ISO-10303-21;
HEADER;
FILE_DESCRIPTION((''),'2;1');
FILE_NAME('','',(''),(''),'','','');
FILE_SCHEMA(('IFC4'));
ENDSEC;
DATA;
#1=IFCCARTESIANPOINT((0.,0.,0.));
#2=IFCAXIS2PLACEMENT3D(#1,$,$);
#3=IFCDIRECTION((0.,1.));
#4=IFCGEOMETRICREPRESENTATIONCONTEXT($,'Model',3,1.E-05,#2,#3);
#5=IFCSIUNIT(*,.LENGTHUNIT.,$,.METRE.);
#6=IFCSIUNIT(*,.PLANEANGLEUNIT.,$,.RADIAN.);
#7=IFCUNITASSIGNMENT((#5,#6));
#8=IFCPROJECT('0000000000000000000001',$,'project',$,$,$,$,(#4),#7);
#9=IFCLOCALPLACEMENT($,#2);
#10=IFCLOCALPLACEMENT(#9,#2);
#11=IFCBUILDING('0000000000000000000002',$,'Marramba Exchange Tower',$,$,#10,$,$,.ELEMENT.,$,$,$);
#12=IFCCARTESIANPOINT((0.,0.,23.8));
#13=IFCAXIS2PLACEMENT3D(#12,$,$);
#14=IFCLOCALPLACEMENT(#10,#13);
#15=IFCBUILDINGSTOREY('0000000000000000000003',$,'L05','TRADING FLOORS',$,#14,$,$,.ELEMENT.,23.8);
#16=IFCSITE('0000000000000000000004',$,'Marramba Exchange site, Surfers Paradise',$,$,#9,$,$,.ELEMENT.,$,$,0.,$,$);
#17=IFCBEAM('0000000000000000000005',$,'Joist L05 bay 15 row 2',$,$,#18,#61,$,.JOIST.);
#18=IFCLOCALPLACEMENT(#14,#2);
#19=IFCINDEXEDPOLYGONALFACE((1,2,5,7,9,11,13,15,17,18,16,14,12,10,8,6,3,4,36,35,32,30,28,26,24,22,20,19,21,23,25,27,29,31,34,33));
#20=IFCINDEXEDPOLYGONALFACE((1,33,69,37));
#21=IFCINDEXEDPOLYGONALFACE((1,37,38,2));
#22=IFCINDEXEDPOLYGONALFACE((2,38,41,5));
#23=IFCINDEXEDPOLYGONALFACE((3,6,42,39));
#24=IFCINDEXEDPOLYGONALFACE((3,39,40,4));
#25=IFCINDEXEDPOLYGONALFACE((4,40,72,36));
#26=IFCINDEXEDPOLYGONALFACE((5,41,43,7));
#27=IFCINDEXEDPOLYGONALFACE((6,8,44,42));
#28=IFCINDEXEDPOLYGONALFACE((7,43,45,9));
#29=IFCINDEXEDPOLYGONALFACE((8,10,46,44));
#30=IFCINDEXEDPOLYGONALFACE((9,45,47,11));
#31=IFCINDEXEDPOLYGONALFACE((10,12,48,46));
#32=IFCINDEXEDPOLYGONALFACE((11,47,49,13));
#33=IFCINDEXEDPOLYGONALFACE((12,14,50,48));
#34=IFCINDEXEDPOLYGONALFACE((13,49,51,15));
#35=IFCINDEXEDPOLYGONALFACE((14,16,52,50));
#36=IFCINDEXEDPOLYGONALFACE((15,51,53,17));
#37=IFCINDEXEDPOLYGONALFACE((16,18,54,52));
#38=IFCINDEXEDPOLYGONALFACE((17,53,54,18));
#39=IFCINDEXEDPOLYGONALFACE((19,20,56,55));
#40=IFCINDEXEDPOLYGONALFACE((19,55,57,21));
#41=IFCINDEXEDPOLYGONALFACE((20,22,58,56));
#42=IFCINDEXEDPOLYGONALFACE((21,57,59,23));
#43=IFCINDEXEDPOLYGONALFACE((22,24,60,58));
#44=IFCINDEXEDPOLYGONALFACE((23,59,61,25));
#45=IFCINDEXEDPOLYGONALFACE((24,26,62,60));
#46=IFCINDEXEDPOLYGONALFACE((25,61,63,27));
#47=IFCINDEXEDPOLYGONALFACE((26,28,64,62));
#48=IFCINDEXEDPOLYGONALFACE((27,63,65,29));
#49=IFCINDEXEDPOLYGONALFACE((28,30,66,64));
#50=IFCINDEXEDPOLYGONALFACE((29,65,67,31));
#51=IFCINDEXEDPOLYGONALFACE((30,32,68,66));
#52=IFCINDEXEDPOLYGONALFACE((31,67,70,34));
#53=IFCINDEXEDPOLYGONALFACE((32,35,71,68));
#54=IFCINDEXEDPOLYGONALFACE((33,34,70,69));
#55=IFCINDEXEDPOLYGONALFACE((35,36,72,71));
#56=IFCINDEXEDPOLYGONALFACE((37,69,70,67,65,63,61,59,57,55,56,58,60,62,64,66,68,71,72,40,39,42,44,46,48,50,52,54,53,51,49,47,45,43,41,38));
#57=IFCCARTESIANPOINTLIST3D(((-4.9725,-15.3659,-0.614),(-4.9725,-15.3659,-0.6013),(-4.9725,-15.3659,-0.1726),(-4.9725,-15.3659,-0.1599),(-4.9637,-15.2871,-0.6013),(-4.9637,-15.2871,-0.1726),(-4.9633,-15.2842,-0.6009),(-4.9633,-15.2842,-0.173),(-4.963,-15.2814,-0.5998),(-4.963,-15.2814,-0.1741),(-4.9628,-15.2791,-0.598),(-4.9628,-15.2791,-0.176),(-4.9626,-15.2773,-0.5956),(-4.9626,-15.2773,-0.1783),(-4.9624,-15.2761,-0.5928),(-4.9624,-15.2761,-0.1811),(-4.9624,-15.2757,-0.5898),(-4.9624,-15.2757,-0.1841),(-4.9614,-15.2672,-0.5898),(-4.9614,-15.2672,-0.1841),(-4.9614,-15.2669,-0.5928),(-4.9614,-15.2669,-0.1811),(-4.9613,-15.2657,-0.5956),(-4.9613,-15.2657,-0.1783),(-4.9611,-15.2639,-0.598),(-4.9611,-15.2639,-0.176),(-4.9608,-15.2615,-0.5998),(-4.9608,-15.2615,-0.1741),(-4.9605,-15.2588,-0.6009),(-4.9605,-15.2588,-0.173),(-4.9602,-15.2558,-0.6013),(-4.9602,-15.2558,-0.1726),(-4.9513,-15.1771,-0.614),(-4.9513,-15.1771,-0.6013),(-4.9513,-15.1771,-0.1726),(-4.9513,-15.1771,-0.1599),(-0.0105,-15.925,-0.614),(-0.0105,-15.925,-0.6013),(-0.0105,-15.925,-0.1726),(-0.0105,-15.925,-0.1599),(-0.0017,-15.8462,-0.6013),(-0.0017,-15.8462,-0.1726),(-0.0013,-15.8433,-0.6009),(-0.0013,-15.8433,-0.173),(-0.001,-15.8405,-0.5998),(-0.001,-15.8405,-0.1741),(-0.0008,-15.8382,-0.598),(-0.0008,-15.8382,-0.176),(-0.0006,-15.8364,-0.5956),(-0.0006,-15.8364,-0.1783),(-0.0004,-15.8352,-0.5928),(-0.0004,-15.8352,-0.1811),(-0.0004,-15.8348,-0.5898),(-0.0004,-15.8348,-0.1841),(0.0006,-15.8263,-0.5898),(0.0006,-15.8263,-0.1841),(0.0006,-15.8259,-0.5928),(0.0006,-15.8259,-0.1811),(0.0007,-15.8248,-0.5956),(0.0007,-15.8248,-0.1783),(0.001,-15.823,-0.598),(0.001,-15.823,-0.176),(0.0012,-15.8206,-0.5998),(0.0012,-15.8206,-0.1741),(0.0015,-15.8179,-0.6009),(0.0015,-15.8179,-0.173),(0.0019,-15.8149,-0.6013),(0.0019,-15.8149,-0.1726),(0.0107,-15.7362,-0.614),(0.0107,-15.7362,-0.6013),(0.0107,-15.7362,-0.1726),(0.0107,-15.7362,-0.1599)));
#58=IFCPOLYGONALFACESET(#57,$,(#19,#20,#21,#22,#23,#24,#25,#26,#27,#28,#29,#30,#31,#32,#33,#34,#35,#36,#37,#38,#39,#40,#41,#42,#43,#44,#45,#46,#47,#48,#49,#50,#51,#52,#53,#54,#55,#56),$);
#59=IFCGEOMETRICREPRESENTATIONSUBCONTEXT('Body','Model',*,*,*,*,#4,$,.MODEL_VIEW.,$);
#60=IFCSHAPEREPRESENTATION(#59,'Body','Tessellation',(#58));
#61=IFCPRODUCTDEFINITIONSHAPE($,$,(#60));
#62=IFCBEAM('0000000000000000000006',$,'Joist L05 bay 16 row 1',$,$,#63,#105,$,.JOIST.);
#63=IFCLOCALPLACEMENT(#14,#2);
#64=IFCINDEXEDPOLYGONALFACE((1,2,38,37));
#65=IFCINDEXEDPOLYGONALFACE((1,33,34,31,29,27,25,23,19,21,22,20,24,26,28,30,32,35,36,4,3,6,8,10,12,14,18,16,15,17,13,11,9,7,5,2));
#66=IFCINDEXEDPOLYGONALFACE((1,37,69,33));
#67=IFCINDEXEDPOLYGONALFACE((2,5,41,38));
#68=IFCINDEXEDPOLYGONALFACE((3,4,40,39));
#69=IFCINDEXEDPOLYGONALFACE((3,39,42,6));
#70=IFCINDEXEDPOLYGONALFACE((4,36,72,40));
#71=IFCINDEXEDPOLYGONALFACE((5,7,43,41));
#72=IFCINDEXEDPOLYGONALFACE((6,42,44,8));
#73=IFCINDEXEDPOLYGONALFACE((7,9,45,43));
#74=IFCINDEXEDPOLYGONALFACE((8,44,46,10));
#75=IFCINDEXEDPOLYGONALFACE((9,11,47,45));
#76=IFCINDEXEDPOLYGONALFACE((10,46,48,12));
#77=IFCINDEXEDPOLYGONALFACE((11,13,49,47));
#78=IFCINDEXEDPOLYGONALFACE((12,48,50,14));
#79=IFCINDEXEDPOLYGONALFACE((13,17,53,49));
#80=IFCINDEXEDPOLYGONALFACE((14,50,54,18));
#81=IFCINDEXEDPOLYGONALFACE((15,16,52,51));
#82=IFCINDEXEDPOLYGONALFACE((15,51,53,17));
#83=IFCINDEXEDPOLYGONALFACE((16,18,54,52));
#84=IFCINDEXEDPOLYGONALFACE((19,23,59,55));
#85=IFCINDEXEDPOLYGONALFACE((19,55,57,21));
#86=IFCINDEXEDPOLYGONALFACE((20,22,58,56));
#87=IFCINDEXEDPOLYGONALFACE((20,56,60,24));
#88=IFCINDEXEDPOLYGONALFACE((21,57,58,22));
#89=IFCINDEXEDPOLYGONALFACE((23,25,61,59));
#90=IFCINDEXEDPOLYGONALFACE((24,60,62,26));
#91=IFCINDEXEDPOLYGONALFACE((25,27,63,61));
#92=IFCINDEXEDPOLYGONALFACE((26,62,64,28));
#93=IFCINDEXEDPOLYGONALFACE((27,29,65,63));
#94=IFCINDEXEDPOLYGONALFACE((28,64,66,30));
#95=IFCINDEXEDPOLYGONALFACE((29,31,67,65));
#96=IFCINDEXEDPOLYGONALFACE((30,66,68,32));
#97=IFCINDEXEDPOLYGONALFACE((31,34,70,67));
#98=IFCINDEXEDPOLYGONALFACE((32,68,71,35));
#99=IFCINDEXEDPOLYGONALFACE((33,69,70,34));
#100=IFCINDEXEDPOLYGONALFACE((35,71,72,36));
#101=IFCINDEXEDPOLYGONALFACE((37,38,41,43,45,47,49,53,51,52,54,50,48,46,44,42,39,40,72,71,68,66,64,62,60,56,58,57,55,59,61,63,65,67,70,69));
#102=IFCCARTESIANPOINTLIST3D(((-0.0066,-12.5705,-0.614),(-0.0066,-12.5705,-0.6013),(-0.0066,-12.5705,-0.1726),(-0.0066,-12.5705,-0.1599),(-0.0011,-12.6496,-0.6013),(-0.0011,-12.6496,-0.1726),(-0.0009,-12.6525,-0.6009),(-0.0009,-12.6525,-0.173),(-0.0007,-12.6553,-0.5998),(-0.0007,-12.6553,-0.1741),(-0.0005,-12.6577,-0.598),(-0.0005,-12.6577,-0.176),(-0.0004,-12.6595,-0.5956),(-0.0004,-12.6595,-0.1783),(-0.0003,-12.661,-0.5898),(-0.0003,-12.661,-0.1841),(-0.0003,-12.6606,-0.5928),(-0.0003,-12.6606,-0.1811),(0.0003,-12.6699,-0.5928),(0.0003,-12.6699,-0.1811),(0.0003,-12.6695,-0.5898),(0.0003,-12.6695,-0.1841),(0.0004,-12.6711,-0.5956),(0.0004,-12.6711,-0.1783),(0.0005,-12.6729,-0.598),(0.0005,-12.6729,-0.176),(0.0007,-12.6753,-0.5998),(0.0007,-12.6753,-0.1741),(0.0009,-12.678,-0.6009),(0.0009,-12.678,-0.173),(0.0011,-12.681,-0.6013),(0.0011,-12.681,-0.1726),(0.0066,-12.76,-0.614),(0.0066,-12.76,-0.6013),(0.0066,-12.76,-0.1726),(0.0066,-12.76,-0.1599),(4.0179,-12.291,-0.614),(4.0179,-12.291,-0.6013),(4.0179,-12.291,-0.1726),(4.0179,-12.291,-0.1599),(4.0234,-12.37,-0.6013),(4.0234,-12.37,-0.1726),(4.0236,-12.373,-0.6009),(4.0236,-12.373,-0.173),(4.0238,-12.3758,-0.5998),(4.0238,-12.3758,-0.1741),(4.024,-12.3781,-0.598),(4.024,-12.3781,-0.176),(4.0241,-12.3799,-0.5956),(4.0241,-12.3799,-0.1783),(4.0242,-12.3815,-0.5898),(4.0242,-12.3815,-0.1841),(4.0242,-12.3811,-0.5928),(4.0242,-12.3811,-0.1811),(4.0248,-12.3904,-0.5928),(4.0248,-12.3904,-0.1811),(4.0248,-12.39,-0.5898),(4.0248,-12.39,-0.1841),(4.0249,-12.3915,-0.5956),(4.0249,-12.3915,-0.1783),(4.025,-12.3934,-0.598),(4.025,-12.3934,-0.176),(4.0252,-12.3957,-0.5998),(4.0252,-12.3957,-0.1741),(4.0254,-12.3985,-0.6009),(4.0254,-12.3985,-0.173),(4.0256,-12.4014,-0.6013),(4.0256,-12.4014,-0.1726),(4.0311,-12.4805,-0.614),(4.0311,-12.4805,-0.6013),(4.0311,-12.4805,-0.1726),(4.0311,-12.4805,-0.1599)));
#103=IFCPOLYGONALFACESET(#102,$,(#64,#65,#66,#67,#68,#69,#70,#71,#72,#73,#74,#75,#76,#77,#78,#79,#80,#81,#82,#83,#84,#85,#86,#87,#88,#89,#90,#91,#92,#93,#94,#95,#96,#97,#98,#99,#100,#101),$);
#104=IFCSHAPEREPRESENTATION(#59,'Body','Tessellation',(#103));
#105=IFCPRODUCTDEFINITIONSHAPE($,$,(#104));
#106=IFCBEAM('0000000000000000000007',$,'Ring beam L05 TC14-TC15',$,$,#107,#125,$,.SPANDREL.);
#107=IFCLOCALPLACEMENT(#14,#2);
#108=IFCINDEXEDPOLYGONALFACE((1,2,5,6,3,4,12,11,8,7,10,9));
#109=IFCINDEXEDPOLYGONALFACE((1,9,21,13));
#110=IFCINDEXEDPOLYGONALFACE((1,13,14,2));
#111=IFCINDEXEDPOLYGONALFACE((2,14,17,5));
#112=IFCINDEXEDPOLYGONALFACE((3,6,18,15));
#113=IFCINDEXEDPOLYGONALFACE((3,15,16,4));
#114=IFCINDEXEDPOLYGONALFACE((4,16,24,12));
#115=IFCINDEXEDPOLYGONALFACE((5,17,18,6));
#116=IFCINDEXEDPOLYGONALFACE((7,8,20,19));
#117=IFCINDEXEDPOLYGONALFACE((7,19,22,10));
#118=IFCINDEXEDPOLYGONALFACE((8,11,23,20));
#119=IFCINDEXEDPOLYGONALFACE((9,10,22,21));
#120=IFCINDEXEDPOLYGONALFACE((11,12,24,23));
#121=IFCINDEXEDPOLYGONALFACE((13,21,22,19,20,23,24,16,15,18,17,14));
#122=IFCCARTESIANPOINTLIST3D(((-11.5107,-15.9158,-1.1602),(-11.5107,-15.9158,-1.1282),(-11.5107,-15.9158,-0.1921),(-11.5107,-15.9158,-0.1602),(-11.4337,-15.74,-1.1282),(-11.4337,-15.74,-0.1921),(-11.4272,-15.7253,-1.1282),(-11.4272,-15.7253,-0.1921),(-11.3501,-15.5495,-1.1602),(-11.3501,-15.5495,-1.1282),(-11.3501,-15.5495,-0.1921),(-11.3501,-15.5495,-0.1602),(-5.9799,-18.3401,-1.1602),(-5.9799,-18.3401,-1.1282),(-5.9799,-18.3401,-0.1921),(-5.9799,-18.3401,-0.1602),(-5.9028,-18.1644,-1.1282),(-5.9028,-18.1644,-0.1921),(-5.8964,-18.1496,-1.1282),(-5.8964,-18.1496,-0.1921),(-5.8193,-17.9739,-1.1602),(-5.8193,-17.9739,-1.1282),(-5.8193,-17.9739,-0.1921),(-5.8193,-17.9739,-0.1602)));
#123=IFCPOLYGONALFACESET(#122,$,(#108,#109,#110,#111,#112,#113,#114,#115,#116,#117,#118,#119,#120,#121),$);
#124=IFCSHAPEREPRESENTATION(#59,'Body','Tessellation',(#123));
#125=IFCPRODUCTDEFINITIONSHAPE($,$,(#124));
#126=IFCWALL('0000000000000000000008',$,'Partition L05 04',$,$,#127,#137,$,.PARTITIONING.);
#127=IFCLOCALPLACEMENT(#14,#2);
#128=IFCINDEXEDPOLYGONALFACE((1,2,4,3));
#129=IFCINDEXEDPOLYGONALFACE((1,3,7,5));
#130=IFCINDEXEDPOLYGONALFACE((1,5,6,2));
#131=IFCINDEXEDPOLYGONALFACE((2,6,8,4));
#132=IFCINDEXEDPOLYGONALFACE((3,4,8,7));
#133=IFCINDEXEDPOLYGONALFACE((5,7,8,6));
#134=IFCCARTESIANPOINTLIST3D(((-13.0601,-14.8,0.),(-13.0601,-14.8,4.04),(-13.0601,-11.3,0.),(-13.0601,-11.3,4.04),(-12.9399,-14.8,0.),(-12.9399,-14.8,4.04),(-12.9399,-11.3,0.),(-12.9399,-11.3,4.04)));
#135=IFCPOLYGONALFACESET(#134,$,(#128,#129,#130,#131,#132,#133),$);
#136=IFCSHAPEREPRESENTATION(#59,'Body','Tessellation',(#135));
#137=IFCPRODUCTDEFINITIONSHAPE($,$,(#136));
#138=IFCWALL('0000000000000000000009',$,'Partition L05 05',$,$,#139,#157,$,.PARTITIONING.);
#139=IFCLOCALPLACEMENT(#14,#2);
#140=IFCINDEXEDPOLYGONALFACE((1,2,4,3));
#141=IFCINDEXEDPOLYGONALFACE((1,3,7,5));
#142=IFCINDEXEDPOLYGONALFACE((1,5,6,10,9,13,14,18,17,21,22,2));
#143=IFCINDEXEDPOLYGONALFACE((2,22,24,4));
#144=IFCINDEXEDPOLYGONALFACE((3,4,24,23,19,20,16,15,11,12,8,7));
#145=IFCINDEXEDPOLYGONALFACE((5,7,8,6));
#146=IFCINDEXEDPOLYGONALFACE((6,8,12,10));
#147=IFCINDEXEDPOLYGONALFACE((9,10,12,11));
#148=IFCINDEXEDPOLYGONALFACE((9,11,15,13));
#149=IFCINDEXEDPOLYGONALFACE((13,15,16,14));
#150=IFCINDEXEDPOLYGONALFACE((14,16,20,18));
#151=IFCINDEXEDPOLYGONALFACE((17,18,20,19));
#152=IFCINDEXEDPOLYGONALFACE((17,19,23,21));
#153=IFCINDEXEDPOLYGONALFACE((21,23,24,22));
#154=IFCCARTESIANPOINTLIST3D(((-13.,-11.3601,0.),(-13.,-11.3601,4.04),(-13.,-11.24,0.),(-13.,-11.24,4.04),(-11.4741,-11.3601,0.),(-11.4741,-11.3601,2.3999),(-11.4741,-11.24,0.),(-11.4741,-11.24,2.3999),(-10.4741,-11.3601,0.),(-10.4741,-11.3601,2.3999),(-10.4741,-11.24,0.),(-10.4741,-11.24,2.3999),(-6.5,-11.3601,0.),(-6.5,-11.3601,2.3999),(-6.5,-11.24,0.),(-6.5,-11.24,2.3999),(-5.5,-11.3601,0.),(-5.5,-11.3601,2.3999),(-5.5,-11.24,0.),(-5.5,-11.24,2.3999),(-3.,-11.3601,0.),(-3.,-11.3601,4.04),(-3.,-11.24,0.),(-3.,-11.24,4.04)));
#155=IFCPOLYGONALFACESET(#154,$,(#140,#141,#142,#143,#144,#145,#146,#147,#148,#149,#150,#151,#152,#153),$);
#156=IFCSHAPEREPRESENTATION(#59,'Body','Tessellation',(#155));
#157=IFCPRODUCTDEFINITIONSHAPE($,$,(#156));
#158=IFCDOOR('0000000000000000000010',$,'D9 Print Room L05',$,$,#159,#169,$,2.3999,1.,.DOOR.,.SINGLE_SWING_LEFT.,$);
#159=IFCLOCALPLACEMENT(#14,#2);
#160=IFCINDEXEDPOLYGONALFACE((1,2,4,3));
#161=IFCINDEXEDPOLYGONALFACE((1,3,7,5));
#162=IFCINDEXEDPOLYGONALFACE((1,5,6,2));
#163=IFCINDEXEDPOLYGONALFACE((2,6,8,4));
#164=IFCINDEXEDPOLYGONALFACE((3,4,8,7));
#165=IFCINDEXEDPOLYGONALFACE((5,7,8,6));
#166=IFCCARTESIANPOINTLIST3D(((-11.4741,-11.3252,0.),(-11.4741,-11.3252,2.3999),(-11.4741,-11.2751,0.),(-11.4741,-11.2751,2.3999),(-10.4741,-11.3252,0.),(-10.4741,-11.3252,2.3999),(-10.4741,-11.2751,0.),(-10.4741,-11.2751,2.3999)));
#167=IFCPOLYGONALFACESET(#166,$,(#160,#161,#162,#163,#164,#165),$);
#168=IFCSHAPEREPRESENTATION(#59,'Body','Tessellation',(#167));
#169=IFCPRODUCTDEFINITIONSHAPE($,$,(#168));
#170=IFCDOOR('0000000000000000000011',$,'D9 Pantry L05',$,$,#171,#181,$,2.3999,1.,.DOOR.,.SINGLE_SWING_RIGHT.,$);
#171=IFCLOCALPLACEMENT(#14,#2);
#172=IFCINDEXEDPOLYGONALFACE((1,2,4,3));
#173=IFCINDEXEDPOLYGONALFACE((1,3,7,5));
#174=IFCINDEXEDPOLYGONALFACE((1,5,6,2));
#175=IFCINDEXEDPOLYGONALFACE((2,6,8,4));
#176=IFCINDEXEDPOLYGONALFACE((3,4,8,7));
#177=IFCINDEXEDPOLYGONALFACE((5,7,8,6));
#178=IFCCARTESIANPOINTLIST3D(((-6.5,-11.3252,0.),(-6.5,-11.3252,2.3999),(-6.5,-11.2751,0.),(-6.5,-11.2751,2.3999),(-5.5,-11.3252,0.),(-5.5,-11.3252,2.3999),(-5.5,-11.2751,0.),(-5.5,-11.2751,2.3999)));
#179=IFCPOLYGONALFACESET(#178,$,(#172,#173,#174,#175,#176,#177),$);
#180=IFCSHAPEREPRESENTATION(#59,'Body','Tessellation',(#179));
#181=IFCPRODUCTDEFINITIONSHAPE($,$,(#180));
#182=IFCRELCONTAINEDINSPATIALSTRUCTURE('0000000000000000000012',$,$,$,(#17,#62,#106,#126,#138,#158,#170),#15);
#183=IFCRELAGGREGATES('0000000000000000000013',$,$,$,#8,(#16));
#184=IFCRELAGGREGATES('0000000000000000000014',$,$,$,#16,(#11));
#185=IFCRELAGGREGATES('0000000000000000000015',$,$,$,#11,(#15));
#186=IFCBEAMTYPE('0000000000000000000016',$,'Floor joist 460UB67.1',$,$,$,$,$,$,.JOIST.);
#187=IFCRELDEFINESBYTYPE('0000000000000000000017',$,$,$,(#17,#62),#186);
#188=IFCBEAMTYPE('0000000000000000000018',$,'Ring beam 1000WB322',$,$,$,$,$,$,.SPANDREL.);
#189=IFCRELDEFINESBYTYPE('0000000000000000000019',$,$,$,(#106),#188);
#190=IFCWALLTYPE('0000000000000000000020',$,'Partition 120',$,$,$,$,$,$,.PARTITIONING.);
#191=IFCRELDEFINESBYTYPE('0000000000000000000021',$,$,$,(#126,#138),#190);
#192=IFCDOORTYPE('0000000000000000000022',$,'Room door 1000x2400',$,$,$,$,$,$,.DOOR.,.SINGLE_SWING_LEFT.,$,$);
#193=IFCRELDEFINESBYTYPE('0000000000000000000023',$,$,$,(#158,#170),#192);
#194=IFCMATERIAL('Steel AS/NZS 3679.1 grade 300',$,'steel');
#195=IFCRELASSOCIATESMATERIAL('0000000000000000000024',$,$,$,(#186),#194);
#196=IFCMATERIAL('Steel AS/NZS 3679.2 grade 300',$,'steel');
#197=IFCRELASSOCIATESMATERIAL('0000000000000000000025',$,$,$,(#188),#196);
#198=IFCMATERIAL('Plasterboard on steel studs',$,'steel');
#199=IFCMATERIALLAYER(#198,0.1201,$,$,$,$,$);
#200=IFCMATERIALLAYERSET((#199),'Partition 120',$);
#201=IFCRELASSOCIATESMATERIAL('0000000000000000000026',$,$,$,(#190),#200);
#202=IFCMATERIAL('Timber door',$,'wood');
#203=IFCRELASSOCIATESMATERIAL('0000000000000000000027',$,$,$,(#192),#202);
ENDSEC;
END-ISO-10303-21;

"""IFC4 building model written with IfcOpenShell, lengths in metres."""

from ifc_helpers import new_model, si_unit, direction, frame, frame_2d, origin, origin_2d, place, context, subcontext, project, spatial, rectangle, i_section, extrude, material, layer, layer_set, material_profile, profile_set, type_object, element, fill, save


model = new_model("IFC4")

# Units and contexts
model_context = context("Model", 3, precision=1e-05, world=origin(), true_north=direction((0.0, 1.0)))
body_context = subcontext(model_context, "Body", "Model", "MODEL_VIEW")
ifc_project = project(units=[si_unit("LENGTHUNIT", "METRE"), si_unit("PLANEANGLEUNIT", "RADIAN")], contexts=[model_context])

# Site, building, storey
site_placement = place(None, origin())
site = spatial("IfcSite", under=ifc_project, at=site_placement, Name="Marramba Exchange site, Surfers Paradise", CompositionType="ELEMENT", RefElevation=0.0)
building_placement = place(site_placement, origin())
building = spatial("IfcBuilding", under=site, at=building_placement, Name="Marramba Exchange Tower", CompositionType="ELEMENT")
storey_placement = place(building_placement, frame((0.0, 0.0, 23.8)))
storey = spatial("IfcBuildingStorey", under=building, at=storey_placement, Name="L05", Description="TRADING FLOORS", CompositionType="ELEMENT", Elevation=23.8)

# Beams
ifc_material_1 = material(Name="Steel AS/NZS 3679.2 grade 300", Category="steel")
ifc_material_2 = material(Name="Steel AS/NZS 3679.1 grade 300", Category="steel")
ifc_material_profile_1 = material_profile(ifc_material_2, i_section(OverallWidth=0.1899, OverallDepth=0.4541, WebThickness=0.0085, FlangeThickness=0.0127, FilletRadius=0.0115, at=origin_2d()), Name="460UB67.1")
ifc_profile_set_1 = profile_set([ifc_material_profile_1], Name="Steel AS/NZS 3679.1 grade 300")
beam_type_1 = type_object("IfcBeamType", Name="Floor joist 460UB67.1", PredefinedType="JOIST", material=ifc_profile_set_1)
beam_1_placement = place(storey_placement, frame((-4.9619, -15.2715, -0.387), z_axis=(0.993712, -0.111966, 0.0), x_axis=(0.111966, 0.993712, 0.0)))
element("IfcBeam", 1, at=beam_1_placement, inside=storey, type_object=beam_type_1, Name="Joist L05 bay 15 row 2", PredefinedType="JOIST", context=body_context, shape_type="SweptSolid", body=[
    extrude(i_section(OverallWidth=0.1899, OverallDepth=0.4541, WebThickness=0.0085, FlangeThickness=0.0127, FilletRadius=0.0115, at=origin_2d()), origin(), (0.0, 0.0, 1.0), 4.9934),
])
beam_2_placement = place(storey_placement, frame((0.0, -12.6653, -0.387), z_axis=(0.997596, 0.069294, 0.0), x_axis=(-0.069294, 0.997596, 0.0)))
element("IfcBeam", 2, at=beam_2_placement, inside=storey, type_object=beam_type_1, Name="Joist L05 bay 16 row 1", PredefinedType="JOIST", context=body_context, shape_type="SweptSolid", body=[
    extrude(i_section(OverallWidth=0.1899, OverallDepth=0.4541, WebThickness=0.0085, FlangeThickness=0.0127, FilletRadius=0.0115, at=origin_2d()), origin(), (0.0, 0.0, 1.0), 4.0342),
])
ifc_material_profile_2 = material_profile(ifc_material_1, i_section(OverallWidth=0.3999, OverallDepth=1.0, WebThickness=0.0161, FlangeThickness=0.032, at=origin_2d()), Name="1000WB322")
ifc_profile_set_2 = profile_set([ifc_material_profile_2], Name="Steel AS/NZS 3679.2 grade 300")
beam_type_2 = type_object("IfcBeamType", Name="Ring beam 1000WB322", PredefinedType="SPANDREL", material=ifc_profile_set_2)
beam_3_placement = place(storey_placement, frame((-11.4304, -15.7327, -0.6602), z_axis=(0.915877, -0.401459, 0.0), x_axis=(0.401459, 0.915877, 0.0)))
element("IfcBeam", 3, at=beam_3_placement, inside=storey, type_object=beam_type_2, Name="Ring beam L05 TC14-TC15", PredefinedType="SPANDREL", context=body_context, shape_type="SweptSolid", body=[
    extrude(i_section(OverallWidth=0.3999, OverallDepth=1.0, WebThickness=0.0161, FlangeThickness=0.032, at=origin_2d()), origin(), (0.0, 0.0, 1.0), 6.0388),
])

# Wall
ifc_material_3 = material(Name="Plasterboard on steel studs", Category="steel")
ifc_layer = layer(ifc_material_3, 0.1201)
ifc_layer_set = layer_set([ifc_layer], Name="Partition 120")
wall_type = type_object("IfcWallType", Name="Partition 120", PredefinedType="PARTITIONING", material=ifc_layer_set)
wall_1_placement = place(storey_placement, frame((-13.0, -14.8, 0.0), z_axis=(0.0, 0.0, 1.0), x_axis=(0.0, 1.0, 0.0)))
element("IfcWall", 4, at=wall_1_placement, inside=storey, type_object=wall_type, Name="Partition L05 04", PredefinedType="PARTITIONING", context=body_context, shape_type="SweptSolid", body=[
    extrude(rectangle(XDim=3.5, YDim=0.1201, at=frame_2d((1.75, 0.0))), origin(), (0.0, 0.0, 1.0), 4.04),
])

# Wall, openings, doors
wall_2_placement = place(storey_placement, frame((-13.0, -11.3, 0.0), z_axis=(0.0, 0.0, 1.0), x_axis=(1.0, 0.0, 0.0)))
wall_2 = element("IfcWall", 5, at=wall_2_placement, inside=storey, type_object=wall_type, Name="Partition L05 05", PredefinedType="PARTITIONING", context=body_context, shape_type="SweptSolid", body=[
    extrude(rectangle(XDim=10.0, YDim=0.1201, at=frame_2d((5.0, 0.0))), origin(), (0.0, 0.0, 1.0), 4.04),
])
opening_1_placement = place(wall_2_placement, frame((1.5259, 0.0, 0.0)))
opening_1 = element("IfcOpeningElement", 6, at=opening_1_placement, cuts=wall_2, PredefinedType="OPENING", context=body_context, shape_type="SweptSolid", body=[
    extrude(rectangle(XDim=1.0, YDim=2.3999, at=frame_2d((0.5, 1.2))), frame((0.0, 0.0701, 0.0), z_axis=(0.0, -1.0, 0.0), x_axis=(1.0, 0.0, 0.0)), (0.0, 0.0, 1.0), 0.1401),
])
opening_2_placement = place(wall_2_placement, frame((6.5, 0.0, 0.0)))
opening_2 = element("IfcOpeningElement", 7, at=opening_2_placement, cuts=wall_2, PredefinedType="OPENING", context=body_context, shape_type="SweptSolid", body=[
    extrude(rectangle(XDim=1.0, YDim=2.3999, at=frame_2d((0.5, 1.2))), frame((0.0, 0.0701, 0.0), z_axis=(0.0, -1.0, 0.0), x_axis=(1.0, 0.0, 0.0)), (0.0, 0.0, 1.0), 0.1401),
])
ifc_material_4 = material(Name="Timber door", Category="wood")
door_type = type_object("IfcDoorType", Name="Room door 1000x2400", OperationType="SINGLE_SWING_LEFT", PredefinedType="DOOR", material=ifc_material_4)
door_1_placement = place(opening_1_placement, frame((1.0, 0.0, 0.0), z_axis=(0.0, 0.0, 1.0), x_axis=(-1.0, 0.0, 0.0)))
door_1 = element("IfcDoor", 8, at=door_1_placement, inside=storey, type_object=door_type, Name="D9 Print Room L05", OperationType="SINGLE_SWING_LEFT", OverallHeight=2.3999, OverallWidth=1.0, PredefinedType="DOOR", context=body_context, shape_type="SweptSolid", body=[
    extrude(rectangle(XDim=1.0, YDim=2.3999, at=frame_2d((0.5, 1.2))), frame((0.0, 0.0251, 0.0), z_axis=(0.0, -1.0, 0.0), x_axis=(1.0, 0.0, 0.0)), (0.0, 0.0, 1.0), 0.05),
])
fill(opening_1, door_1)
door_2_placement = place(opening_2_placement, frame((1.0, 0.0, 0.0), z_axis=(0.0, 0.0, 1.0), x_axis=(-1.0, 0.0, 0.0)))
door_2 = element("IfcDoor", 9, at=door_2_placement, inside=storey, type_object=door_type, Name="D9 Pantry L05", OperationType="SINGLE_SWING_RIGHT", OverallHeight=2.3999, OverallWidth=1.0, PredefinedType="DOOR", context=body_context, shape_type="SweptSolid", body=[
    extrude(rectangle(XDim=1.0, YDim=2.3999, at=frame_2d((0.5, 1.2))), frame((0.0, 0.0251, 0.0), z_axis=(0.0, -1.0, 0.0), x_axis=(1.0, 0.0, 0.0)), (0.0, 0.0, 1.0), 0.05),
])
fill(opening_2, door_2)

save(model, "model.ifc")
